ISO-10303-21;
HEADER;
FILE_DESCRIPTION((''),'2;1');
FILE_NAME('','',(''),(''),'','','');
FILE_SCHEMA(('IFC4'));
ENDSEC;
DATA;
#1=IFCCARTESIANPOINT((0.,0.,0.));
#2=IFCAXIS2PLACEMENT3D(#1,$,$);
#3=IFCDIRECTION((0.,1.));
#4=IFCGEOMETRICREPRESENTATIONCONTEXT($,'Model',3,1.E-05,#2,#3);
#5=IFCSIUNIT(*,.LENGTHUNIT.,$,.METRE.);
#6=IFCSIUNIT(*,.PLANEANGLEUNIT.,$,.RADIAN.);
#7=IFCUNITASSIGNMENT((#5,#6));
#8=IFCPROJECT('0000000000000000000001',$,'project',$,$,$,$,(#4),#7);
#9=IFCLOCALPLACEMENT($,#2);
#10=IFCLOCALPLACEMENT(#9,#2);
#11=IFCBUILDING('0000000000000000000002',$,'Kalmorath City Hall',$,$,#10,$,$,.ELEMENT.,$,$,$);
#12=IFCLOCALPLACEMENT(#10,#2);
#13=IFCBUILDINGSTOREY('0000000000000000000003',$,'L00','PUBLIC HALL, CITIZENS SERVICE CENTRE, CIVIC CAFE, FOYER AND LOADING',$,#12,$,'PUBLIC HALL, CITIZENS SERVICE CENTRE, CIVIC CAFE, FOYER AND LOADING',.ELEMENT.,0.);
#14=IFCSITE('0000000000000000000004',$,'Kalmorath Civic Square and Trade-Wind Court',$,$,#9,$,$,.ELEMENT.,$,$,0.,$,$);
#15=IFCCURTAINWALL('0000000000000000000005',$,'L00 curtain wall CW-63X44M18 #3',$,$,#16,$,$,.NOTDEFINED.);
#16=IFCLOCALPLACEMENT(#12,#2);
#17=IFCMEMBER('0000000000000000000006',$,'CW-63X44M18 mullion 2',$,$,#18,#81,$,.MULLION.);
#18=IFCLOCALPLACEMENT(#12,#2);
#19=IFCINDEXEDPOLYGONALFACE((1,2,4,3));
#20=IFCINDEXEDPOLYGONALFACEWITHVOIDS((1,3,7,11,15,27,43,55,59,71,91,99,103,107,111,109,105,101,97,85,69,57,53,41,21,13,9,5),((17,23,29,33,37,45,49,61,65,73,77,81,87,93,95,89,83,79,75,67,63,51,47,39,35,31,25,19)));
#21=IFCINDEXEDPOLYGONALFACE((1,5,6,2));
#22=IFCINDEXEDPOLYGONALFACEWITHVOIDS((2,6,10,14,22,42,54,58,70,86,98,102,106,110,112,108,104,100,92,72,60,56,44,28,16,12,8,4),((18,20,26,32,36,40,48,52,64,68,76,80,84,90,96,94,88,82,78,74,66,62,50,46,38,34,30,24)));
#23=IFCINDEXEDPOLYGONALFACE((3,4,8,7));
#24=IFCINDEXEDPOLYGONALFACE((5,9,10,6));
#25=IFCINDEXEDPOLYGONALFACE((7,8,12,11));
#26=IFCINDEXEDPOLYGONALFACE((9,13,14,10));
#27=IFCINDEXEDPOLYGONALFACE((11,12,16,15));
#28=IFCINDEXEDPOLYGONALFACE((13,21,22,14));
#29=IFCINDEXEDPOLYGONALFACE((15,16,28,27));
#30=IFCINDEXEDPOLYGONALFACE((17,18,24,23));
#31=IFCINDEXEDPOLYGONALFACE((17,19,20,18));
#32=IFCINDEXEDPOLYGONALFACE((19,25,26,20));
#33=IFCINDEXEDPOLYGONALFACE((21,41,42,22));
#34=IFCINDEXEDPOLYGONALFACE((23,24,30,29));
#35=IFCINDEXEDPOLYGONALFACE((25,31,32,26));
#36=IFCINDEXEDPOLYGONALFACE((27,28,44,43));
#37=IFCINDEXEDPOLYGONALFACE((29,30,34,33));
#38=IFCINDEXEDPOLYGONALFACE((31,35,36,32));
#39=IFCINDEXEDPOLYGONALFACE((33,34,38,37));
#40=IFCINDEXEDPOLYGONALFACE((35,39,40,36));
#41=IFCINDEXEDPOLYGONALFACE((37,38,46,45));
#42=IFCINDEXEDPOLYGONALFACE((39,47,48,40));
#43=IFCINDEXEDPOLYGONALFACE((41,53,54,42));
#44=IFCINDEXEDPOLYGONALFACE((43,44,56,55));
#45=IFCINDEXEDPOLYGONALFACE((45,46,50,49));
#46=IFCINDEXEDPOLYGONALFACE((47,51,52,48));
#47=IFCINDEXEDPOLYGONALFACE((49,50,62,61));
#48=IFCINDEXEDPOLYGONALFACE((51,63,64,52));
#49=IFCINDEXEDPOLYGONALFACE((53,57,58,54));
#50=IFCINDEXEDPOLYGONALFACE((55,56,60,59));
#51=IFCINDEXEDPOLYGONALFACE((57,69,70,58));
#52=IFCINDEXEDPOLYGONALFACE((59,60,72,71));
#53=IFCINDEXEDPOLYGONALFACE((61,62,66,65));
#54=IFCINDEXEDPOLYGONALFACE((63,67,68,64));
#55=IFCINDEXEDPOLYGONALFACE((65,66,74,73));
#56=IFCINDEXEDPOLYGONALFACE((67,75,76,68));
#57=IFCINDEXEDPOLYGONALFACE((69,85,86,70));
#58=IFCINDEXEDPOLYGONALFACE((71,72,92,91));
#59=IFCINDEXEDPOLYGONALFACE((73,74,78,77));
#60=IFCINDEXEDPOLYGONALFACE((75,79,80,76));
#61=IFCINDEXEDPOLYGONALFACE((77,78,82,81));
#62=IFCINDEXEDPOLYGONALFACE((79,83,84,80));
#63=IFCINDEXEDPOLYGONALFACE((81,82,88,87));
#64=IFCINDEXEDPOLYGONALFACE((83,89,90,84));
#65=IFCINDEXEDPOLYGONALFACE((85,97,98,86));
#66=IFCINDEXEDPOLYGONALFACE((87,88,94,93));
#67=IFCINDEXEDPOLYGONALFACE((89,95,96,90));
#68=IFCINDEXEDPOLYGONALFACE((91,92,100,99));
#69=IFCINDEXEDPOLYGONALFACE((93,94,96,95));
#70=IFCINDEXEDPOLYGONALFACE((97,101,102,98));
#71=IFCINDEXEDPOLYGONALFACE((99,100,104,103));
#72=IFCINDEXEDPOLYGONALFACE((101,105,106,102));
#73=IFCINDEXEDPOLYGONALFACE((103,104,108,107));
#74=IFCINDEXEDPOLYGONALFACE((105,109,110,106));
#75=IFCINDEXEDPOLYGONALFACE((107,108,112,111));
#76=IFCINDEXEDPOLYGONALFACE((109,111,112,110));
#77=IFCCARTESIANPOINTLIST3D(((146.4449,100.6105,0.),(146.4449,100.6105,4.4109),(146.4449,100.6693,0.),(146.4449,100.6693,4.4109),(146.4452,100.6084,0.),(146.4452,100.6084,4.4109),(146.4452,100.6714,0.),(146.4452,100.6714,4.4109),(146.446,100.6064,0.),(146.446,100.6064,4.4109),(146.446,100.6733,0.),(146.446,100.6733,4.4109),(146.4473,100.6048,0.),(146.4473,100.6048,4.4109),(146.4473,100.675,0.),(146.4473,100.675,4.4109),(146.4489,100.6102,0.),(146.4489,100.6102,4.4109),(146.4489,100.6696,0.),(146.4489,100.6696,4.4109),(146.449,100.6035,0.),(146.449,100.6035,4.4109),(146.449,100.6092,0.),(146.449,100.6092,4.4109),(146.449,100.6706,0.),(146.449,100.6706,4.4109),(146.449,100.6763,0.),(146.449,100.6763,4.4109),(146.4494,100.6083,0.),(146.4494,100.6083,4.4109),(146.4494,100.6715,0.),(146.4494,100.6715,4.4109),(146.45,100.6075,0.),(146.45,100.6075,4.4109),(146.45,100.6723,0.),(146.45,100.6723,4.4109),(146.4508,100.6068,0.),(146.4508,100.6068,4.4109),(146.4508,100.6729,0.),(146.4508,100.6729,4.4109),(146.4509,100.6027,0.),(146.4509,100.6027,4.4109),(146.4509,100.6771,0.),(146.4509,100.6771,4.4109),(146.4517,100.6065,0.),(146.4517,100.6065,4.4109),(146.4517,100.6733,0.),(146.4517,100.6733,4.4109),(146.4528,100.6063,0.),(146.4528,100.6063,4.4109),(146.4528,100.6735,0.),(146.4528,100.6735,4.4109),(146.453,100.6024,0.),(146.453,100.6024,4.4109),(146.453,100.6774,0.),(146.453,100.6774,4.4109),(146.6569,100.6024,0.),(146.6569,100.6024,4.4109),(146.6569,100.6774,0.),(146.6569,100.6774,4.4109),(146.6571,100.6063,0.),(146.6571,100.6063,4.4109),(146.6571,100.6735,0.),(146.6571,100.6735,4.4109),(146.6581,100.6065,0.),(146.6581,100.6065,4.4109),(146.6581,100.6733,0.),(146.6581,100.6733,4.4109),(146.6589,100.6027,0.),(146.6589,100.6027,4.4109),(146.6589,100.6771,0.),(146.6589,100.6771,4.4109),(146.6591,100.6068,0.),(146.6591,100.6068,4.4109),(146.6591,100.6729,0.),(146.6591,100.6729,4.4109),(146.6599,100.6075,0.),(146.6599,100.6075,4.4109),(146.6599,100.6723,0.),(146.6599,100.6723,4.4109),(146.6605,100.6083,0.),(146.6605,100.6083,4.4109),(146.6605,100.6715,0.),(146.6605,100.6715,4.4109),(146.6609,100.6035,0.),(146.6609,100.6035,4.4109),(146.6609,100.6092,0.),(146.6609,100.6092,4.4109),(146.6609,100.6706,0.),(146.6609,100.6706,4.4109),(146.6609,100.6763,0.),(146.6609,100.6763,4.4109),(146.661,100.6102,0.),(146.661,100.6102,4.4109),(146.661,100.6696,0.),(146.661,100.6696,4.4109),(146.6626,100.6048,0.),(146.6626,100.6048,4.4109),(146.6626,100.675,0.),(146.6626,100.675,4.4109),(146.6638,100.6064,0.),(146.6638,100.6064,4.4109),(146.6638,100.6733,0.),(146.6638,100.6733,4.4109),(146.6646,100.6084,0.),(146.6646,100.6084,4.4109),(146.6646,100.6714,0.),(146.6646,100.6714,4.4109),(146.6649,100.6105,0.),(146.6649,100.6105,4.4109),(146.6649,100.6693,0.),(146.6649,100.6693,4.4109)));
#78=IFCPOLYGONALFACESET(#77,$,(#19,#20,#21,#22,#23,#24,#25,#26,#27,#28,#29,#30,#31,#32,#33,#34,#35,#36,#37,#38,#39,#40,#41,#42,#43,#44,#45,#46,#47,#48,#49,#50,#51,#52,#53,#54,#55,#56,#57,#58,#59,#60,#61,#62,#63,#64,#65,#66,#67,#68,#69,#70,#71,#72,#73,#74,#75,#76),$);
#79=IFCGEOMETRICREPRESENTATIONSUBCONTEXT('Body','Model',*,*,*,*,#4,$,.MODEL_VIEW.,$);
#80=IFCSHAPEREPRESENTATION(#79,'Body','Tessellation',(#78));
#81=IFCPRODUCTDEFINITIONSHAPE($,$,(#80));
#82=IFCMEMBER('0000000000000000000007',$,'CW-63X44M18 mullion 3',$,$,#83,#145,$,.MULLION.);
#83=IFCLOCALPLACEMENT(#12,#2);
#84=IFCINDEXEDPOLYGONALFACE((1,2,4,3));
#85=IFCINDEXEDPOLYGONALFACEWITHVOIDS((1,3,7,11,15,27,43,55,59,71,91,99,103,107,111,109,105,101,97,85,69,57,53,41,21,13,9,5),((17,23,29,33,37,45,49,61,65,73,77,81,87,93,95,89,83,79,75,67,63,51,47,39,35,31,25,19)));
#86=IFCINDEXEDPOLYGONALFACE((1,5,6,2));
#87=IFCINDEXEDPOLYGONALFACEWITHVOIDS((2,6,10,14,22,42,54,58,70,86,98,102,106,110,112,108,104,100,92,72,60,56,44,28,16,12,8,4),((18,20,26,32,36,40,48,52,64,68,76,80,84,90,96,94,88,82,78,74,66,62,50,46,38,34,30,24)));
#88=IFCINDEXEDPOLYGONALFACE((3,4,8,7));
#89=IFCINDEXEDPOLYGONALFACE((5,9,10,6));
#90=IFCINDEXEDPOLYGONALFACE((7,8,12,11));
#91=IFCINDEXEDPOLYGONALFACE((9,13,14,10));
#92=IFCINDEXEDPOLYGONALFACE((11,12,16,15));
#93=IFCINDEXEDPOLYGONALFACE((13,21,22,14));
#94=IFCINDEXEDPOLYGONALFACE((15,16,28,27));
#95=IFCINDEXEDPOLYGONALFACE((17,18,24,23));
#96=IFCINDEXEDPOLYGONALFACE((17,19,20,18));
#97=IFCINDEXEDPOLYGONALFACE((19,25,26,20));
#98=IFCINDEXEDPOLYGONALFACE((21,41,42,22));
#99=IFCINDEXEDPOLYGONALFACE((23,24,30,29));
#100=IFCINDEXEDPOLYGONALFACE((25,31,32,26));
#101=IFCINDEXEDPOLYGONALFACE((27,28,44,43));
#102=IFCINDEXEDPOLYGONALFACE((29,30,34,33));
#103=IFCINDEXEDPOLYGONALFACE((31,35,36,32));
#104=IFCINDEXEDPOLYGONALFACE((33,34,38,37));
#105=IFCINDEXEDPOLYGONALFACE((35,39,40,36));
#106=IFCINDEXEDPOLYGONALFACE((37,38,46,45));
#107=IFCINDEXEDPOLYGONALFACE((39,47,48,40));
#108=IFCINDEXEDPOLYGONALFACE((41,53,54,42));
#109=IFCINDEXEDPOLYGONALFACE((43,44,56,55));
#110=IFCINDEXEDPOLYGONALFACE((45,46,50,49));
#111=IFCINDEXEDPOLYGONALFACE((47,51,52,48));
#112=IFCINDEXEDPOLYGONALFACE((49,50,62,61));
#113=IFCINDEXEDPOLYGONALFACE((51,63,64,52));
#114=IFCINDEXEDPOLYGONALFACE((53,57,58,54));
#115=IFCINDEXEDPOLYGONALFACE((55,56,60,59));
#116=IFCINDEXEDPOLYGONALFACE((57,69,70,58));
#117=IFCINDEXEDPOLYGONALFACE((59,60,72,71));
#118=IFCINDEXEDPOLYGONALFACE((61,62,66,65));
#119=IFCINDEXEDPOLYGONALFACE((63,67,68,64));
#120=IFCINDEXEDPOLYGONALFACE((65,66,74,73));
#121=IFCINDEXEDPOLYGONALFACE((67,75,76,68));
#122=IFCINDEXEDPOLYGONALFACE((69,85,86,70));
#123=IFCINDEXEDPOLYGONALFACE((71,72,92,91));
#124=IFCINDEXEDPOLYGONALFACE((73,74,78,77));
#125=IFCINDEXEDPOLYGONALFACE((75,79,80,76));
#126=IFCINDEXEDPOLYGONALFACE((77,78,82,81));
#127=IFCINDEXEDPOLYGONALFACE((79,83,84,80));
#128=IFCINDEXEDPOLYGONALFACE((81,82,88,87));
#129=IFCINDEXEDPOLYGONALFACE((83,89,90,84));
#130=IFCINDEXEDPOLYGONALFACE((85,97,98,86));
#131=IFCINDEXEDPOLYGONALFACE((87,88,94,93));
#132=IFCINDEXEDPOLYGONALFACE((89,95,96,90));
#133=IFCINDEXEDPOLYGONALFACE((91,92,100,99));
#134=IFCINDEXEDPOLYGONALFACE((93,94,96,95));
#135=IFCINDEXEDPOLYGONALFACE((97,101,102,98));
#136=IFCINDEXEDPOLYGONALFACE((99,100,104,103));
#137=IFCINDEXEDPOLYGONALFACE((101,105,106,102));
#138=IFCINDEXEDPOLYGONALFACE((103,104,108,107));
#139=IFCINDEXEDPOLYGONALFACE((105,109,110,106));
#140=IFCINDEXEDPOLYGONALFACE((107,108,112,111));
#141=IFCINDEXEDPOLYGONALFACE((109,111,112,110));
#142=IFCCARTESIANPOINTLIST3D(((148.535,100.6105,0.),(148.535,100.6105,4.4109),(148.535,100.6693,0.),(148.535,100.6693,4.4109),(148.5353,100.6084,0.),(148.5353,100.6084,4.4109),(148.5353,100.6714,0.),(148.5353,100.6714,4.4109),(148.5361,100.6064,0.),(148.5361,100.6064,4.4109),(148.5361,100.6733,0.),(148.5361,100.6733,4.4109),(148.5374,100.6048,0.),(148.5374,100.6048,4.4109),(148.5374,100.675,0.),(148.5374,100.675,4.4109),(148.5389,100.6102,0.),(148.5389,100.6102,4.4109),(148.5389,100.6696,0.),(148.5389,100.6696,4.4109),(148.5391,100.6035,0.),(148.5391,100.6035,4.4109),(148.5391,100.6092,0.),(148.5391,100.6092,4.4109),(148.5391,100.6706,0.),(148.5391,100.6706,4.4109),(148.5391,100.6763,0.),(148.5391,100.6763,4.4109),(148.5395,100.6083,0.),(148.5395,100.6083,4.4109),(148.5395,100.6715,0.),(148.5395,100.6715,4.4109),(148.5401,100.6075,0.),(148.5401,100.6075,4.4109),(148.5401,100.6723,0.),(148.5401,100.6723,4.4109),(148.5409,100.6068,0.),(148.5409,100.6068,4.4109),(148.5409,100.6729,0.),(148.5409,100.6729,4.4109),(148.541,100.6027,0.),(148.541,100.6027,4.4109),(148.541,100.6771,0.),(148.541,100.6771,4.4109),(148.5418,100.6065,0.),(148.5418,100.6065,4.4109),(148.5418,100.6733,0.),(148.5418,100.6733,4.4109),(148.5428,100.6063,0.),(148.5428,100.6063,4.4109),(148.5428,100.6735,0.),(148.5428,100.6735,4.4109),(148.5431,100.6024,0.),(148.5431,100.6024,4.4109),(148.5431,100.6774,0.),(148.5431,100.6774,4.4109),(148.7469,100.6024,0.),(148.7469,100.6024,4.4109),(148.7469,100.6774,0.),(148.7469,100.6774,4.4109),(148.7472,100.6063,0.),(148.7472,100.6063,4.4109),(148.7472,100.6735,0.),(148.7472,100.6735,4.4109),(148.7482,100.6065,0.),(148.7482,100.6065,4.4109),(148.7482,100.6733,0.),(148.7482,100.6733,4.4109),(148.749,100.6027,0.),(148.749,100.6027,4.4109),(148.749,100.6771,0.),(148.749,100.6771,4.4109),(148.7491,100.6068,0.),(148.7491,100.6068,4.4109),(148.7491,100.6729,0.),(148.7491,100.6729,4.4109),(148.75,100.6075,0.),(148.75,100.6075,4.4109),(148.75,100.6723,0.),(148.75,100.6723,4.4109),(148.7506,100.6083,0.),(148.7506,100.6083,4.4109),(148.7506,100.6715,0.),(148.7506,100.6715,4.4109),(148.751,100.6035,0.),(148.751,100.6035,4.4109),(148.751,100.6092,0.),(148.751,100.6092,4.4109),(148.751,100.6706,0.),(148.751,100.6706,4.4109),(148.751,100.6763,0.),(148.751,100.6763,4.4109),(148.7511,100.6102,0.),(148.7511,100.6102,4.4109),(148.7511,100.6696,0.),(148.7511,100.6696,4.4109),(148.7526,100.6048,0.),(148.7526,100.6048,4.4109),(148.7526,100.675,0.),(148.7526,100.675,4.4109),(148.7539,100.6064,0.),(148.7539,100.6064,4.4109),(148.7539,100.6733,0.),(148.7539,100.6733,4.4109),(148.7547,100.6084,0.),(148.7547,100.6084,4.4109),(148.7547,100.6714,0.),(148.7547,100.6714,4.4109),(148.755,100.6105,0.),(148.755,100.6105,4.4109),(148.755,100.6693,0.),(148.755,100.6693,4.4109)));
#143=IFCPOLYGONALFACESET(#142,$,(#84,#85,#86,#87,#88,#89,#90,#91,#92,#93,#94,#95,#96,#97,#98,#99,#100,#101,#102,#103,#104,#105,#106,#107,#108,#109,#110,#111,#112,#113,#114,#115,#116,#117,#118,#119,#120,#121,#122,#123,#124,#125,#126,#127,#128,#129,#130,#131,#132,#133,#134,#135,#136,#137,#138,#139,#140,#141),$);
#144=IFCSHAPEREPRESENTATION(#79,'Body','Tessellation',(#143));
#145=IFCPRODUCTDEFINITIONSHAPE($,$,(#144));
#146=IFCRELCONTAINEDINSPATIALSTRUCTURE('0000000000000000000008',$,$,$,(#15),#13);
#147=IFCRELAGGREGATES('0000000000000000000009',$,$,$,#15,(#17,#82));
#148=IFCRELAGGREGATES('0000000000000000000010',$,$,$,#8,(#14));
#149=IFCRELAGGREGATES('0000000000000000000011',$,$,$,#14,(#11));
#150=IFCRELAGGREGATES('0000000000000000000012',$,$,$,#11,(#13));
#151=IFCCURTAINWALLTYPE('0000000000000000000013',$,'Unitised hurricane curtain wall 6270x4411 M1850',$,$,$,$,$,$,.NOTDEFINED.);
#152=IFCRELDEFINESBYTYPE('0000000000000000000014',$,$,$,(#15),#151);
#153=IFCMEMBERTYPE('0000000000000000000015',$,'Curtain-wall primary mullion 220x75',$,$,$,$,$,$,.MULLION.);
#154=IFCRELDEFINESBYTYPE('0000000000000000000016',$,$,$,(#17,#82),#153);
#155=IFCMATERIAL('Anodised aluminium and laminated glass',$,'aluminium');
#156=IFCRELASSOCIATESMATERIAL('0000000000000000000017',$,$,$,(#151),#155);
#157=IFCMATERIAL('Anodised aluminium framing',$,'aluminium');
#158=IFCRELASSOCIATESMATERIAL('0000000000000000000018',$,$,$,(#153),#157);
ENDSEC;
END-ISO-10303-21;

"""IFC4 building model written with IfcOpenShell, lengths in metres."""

from ifc_helpers import new_model, si_unit, direction, frame, origin, origin_2d, place, context, subcontext, project, spatial, hollow_rectangle, extrude, material, material_profile, profile_set, type_object, element, aggregate, save


model = new_model("IFC4")

# Units and contexts
model_context = context("Model", 3, precision=1e-05, world=origin(), true_north=direction((0.0, 1.0)))
body_context = subcontext(model_context, "Body", "Model", "MODEL_VIEW")
ifc_project = project(units=[si_unit("LENGTHUNIT", "METRE"), si_unit("PLANEANGLEUNIT", "RADIAN")], contexts=[model_context])

# Site, building, storey
site_placement = place(None, origin())
site = spatial("IfcSite", under=ifc_project, at=site_placement, Name="Kalmorath Civic Square and Trade-Wind Court", CompositionType="ELEMENT", RefElevation=0.0)
building_placement = place(site_placement, origin())
building = spatial("IfcBuilding", under=site, at=building_placement, Name="Kalmorath City Hall", CompositionType="ELEMENT")
storey_placement = place(building_placement, origin())
storey = spatial("IfcBuildingStorey", under=building, at=storey_placement, Name="L00", Description="PUBLIC HALL, CITIZENS SERVICE CENTRE, CIVIC CAFE, FOYER AND LOADING", LongName="PUBLIC HALL, CITIZENS SERVICE CENTRE, CIVIC CAFE, FOYER AND LOADING", CompositionType="ELEMENT", Elevation=0.0)

# Curtain wall, members
ifc_material_1 = material(Name="Anodised aluminium and laminated glass", Category="aluminium")
curtain_wall_type = type_object("IfcCurtainWallType", Name="Unitised hurricane curtain wall 6270x4411 M1850", PredefinedType="NOTDEFINED", material=ifc_material_1)
curtain_wall_placement = place(storey_placement, origin())
curtain_wall = element("IfcCurtainWall", 1, at=curtain_wall_placement, inside=storey, type_object=curtain_wall_type, Name="L00 curtain wall CW-63X44M18 #3", PredefinedType="NOTDEFINED")
ifc_material_2 = material(Name="Anodised aluminium framing", Category="aluminium")
ifc_material_profile_1 = material_profile(ifc_material_2, hollow_rectangle(XDim=0.075, YDim=0.22, WallThickness=0.0039, InnerFilletRadius=0.0039, OuterFilletRadius=0.0081, at=origin_2d()), Name="ALU-MUL-220X75X4")
ifc_profile_set_1 = profile_set([ifc_material_profile_1], Name="Anodised aluminium framing")
member_type_1 = type_object("IfcMemberType", Name="Curtain-wall primary mullion 220x75", PredefinedType="MULLION", material=ifc_profile_set_1)
member_1_placement = place(storey_placement, frame((146.5549, 100.6399, 0.0), z_axis=(0.0, 0.0, 1.0), x_axis=(0.0, 1.0, 0.0)))
member_1 = element("IfcMember", 2, at=member_1_placement, type_object=member_type_1, Name="CW-63X44M18 mullion 2", PredefinedType="MULLION", context=body_context, shape_type="SweptSolid", body=[
    extrude(hollow_rectangle(XDim=0.075, YDim=0.22, WallThickness=0.0039, InnerFilletRadius=0.0039, OuterFilletRadius=0.0081, at=origin_2d()), origin(), (0.0, 0.0, 1.0), 4.4109),
])
member_2_placement = place(storey_placement, frame((148.645, 100.6399, 0.0), z_axis=(0.0, 0.0, 1.0), x_axis=(0.0, 1.0, 0.0)))
member_2 = element("IfcMember", 3, at=member_2_placement, type_object=member_type_1, Name="CW-63X44M18 mullion 3", PredefinedType="MULLION", context=body_context, shape_type="SweptSolid", body=[
    extrude(hollow_rectangle(XDim=0.075, YDim=0.22, WallThickness=0.0039, InnerFilletRadius=0.0039, OuterFilletRadius=0.0081, at=origin_2d()), origin(), (0.0, 0.0, 1.0), 4.4109),
])
aggregate(curtain_wall, [member_1, member_2])

save(model, "model.ifc")
